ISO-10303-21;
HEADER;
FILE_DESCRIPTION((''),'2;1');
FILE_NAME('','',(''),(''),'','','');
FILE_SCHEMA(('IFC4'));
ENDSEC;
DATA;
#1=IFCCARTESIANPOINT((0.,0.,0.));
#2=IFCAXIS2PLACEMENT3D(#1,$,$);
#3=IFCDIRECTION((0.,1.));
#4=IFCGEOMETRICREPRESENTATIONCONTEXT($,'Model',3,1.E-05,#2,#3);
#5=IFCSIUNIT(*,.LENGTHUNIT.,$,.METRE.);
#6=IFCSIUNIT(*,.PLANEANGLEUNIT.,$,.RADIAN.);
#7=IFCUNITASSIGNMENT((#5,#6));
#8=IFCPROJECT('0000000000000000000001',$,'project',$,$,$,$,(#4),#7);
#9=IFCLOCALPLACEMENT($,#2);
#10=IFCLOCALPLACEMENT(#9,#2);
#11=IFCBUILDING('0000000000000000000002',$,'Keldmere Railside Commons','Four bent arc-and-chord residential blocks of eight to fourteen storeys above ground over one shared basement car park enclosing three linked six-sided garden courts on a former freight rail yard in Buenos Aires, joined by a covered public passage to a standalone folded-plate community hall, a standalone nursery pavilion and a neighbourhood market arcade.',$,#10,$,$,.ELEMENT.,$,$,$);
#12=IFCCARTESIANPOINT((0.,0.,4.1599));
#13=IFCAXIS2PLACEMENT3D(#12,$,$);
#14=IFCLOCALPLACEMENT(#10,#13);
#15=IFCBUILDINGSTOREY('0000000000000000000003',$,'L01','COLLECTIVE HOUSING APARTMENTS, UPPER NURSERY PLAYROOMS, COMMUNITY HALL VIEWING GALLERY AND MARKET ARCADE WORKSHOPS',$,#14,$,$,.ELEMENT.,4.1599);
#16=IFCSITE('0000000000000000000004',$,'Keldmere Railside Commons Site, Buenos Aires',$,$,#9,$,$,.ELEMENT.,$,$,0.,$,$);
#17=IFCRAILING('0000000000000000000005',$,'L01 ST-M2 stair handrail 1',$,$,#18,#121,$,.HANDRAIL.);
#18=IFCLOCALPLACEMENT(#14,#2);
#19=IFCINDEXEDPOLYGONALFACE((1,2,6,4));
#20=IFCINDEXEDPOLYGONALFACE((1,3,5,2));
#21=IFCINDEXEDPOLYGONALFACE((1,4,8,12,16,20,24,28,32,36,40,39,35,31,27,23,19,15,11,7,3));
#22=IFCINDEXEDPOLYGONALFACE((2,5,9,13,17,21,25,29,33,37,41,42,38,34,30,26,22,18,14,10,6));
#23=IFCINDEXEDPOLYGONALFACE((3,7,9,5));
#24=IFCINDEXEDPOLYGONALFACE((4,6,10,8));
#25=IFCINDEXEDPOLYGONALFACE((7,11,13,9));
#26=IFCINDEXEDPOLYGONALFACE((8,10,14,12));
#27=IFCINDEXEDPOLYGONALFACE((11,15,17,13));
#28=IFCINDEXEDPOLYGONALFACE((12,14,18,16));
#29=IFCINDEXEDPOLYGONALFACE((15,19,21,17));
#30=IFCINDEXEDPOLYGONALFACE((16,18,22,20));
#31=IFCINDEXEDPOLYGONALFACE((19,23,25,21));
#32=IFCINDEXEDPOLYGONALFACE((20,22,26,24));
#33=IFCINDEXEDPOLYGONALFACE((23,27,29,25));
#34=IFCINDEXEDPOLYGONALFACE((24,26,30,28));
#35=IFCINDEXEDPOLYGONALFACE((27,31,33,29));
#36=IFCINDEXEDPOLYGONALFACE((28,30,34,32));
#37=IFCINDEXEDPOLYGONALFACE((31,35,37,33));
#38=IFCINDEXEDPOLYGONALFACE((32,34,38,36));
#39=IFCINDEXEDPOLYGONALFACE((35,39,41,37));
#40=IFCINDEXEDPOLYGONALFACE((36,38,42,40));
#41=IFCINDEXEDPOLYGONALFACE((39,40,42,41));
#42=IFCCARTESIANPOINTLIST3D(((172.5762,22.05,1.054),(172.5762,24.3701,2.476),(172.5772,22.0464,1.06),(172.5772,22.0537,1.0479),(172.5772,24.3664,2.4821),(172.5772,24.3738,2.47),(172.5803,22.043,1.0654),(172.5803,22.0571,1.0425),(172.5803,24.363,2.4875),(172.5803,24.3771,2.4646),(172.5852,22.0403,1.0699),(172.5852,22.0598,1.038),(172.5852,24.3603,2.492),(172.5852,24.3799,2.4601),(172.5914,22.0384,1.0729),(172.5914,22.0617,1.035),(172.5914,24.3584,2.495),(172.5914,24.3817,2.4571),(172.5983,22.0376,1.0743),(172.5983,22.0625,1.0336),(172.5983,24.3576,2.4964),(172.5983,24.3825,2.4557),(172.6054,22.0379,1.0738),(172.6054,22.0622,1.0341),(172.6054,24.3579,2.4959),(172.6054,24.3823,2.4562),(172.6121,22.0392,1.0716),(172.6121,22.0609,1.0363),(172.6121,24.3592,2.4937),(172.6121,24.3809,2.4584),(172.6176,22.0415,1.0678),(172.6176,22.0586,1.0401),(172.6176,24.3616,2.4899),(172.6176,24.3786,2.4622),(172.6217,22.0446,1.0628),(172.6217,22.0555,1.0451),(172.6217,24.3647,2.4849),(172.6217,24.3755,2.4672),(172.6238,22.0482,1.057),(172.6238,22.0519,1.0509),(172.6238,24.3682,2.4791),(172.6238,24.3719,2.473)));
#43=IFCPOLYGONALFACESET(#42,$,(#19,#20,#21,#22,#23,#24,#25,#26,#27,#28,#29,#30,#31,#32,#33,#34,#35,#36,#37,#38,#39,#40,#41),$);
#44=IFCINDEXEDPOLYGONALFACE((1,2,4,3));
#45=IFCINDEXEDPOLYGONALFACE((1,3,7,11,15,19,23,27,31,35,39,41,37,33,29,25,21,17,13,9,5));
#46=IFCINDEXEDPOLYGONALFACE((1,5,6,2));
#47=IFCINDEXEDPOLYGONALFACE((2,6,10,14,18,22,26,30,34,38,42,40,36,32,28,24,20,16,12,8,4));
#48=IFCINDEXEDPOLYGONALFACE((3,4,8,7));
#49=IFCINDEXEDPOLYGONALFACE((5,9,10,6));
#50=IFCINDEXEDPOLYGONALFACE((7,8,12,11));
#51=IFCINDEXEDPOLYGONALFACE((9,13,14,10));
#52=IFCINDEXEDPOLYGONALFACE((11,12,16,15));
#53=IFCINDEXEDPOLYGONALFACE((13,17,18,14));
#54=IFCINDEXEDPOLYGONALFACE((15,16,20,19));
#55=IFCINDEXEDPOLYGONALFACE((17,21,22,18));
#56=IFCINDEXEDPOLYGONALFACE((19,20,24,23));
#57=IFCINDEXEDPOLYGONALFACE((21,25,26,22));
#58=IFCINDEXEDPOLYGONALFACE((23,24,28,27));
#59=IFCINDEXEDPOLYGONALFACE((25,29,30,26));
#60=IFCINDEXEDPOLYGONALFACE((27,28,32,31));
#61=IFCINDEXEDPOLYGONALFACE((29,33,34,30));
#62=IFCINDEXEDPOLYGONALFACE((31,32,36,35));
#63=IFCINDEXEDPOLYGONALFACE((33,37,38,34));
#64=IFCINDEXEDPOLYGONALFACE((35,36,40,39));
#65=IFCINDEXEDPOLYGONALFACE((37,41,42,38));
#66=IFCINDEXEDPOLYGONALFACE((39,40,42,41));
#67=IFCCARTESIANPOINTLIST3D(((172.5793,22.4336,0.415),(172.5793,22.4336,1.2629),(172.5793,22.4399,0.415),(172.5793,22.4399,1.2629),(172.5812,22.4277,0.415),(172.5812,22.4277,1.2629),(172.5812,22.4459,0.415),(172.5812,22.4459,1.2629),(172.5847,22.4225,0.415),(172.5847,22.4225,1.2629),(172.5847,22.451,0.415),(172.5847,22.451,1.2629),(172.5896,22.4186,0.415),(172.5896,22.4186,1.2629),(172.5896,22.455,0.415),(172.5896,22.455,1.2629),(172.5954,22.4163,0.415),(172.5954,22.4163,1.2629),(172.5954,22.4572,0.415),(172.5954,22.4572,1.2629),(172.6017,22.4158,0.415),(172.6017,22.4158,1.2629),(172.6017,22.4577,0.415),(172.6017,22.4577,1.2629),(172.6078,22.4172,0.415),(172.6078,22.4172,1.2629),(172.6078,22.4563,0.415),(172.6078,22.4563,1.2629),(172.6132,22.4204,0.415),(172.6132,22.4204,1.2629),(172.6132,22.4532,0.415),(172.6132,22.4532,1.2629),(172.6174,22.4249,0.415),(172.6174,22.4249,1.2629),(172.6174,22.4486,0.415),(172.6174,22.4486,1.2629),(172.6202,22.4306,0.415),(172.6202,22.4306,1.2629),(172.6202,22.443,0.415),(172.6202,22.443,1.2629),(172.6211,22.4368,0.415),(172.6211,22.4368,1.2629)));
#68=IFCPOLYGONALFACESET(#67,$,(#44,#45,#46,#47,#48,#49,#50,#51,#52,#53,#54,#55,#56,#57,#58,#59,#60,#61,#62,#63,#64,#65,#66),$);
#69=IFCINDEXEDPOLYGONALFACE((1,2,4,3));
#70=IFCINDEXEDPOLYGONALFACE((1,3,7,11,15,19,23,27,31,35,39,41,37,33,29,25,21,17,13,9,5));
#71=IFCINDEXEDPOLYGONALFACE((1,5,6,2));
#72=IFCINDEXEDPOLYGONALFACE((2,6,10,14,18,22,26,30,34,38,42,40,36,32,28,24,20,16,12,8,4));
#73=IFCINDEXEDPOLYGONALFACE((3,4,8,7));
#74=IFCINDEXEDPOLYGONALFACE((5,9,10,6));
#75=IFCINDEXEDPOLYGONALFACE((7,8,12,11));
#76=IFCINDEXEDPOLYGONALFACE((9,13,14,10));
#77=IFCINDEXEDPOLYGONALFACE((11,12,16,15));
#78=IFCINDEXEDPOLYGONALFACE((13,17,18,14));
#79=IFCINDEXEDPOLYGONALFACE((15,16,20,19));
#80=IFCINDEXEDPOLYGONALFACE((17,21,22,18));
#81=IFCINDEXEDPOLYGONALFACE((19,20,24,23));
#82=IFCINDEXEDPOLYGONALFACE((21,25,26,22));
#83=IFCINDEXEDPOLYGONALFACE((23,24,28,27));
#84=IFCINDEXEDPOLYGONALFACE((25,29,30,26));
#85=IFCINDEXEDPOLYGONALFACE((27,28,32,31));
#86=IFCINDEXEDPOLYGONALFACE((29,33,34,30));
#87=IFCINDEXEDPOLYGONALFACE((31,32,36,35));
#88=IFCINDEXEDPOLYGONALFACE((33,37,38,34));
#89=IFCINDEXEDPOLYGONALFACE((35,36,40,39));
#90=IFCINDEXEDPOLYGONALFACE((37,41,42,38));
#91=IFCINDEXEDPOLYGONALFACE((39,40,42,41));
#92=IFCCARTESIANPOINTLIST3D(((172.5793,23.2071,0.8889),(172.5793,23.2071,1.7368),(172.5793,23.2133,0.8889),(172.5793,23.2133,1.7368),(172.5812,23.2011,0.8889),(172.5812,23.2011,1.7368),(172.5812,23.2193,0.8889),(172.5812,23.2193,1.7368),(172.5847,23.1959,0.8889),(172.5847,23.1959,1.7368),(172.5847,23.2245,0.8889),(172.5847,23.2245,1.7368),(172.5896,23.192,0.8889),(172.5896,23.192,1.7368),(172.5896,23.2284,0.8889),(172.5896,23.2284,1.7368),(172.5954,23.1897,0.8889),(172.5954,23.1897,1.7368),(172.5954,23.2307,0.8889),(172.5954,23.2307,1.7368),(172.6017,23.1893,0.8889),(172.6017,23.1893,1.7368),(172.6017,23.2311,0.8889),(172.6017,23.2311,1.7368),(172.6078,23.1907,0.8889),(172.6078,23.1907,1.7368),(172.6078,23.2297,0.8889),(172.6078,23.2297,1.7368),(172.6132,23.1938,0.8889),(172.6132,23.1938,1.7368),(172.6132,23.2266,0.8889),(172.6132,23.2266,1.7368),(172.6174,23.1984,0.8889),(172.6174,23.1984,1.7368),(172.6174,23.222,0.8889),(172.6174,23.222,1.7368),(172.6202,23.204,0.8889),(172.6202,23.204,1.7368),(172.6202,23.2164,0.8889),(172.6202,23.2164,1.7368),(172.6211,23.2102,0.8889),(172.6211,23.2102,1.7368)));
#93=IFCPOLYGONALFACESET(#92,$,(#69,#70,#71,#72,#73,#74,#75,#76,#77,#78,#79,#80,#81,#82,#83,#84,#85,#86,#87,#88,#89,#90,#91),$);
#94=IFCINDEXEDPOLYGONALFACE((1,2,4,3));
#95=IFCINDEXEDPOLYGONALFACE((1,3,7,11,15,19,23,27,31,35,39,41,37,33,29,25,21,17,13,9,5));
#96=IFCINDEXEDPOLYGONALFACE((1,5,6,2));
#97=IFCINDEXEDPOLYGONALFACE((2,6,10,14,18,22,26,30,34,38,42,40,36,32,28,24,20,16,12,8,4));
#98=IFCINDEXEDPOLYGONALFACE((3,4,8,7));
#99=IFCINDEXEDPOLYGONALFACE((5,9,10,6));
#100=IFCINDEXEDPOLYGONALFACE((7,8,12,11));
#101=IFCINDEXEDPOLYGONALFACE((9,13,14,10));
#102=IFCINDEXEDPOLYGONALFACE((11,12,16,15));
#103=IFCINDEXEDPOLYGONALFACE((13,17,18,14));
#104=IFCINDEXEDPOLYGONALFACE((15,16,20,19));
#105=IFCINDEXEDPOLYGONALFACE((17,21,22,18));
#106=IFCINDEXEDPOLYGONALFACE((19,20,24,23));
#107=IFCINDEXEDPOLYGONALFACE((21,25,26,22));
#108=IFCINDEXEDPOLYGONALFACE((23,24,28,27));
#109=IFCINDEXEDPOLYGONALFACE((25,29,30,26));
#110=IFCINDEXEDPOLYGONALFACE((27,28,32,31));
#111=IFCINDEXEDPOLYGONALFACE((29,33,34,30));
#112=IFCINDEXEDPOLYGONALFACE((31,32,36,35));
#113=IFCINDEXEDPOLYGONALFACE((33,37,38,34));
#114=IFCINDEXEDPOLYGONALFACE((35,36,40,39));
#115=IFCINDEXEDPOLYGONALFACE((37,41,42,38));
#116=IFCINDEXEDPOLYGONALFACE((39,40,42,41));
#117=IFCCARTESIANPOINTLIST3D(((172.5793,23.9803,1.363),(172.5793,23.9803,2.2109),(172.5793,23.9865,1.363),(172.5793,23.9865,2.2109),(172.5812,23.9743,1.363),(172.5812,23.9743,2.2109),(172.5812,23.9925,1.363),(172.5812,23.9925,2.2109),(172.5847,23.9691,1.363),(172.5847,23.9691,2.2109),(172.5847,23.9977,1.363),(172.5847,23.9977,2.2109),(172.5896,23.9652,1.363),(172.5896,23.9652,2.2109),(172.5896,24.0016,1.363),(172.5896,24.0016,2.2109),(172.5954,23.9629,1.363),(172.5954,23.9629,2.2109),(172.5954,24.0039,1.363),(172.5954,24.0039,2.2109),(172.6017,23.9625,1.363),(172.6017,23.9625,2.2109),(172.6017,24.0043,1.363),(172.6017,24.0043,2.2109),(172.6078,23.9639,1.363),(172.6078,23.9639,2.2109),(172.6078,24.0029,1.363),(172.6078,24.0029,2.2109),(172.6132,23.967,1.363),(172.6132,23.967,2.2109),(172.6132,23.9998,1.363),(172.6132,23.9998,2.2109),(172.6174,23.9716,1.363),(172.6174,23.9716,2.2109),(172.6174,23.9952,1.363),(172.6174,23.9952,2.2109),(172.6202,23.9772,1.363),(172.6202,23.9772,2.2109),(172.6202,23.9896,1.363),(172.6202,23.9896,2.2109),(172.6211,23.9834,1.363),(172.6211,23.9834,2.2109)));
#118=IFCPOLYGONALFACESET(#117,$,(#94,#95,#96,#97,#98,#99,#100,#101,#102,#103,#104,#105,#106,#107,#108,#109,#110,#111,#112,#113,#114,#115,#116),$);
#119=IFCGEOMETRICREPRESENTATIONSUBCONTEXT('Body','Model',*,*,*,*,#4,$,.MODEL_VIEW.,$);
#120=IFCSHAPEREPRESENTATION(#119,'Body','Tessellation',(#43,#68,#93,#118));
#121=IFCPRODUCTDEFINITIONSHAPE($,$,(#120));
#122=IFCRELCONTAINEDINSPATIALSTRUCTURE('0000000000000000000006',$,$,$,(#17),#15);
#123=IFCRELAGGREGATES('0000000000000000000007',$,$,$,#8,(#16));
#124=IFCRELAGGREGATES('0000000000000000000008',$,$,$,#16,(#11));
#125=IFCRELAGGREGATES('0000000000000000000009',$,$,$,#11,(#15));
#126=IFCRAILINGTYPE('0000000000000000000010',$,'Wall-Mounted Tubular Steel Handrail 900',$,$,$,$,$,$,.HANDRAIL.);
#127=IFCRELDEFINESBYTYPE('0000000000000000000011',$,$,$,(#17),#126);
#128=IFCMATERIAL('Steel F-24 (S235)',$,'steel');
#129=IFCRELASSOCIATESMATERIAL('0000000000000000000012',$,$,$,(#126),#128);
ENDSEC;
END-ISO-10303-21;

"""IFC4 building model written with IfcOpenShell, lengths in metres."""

from ifc_helpers import new_model, si_unit, direction, frame, origin, origin_2d, place, context, subcontext, project, spatial, circle, extrude, material, type_object, element, save


model = new_model("IFC4")

# Units and contexts
model_context = context("Model", 3, precision=1e-05, world=origin(), true_north=direction((0.0, 1.0)))
body_context = subcontext(model_context, "Body", "Model", "MODEL_VIEW")
ifc_project = project(units=[si_unit("LENGTHUNIT", "METRE"), si_unit("PLANEANGLEUNIT", "RADIAN")], contexts=[model_context])

# Site, building, storey
site_placement = place(None, origin())
site = spatial("IfcSite", under=ifc_project, at=site_placement, Name="Keldmere Railside Commons Site, Buenos Aires", CompositionType="ELEMENT", RefElevation=0.0)
building_placement = place(site_placement, origin())
building = spatial("IfcBuilding", under=site, at=building_placement, Name="Keldmere Railside Commons", Description="Four bent arc-and-chord residential blocks of eight to fourteen storeys above ground over one shared basement car park enclosing three linked six-sided garden courts on a former freight rail yard in Buenos Aires, joined by a covered public passage to a standalone folded-plate community hall, a standalone nursery pavilion and a neighbourhood market arcade.", CompositionType="ELEMENT")
storey_placement = place(building_placement, frame((0.0, 0.0, 4.1599)))
storey = spatial("IfcBuildingStorey", under=building, at=storey_placement, Name="L01", Description="COLLECTIVE HOUSING APARTMENTS, UPPER NURSERY PLAYROOMS, COMMUNITY HALL VIEWING GALLERY AND MARKET ARCADE WORKSHOPS", CompositionType="ELEMENT", Elevation=4.1599)

# Shared definitions
ifc_material_1 = material(Name="Steel F-24 (S235)", Category="steel")

# Railing
railing_type_1 = type_object("IfcRailingType", Name="Wall-Mounted Tubular Steel Handrail 900", PredefinedType="HANDRAIL", material=ifc_material_1)
railing_1_placement = place(storey_placement, frame((172.6001, 22.05, 0.178)))
element("IfcRailing", 1, at=railing_1_placement, inside=storey, type_object=railing_type_1, Name="L01 ST-M2 stair handrail 1", PredefinedType="HANDRAIL", context=body_context, shape_type="SweptSolid", body=[
    extrude(circle(Radius=0.0239, at=origin_2d()), frame((0.0, 0.0, 0.876), z_axis=(0.0, 0.852578, 0.5226), x_axis=(-1.0, 0.0, 0.0)), (0.0, 0.0, 1.0), 2.7212),
    extrude(circle(Radius=0.021, at=origin_2d()), frame((0.0, 0.3867, 0.2371)), (0.0, 0.0, 1.0), 0.8479),
    extrude(circle(Radius=0.021, at=origin_2d()), frame((0.0, 1.1602, 0.7109)), (0.0, 0.0, 1.0), 0.8479),
    extrude(circle(Radius=0.021, at=origin_2d()), frame((0.0, 1.9333, 1.1851)), (0.0, 0.0, 1.0), 0.8479),
])

save(model, "model.ifc")
